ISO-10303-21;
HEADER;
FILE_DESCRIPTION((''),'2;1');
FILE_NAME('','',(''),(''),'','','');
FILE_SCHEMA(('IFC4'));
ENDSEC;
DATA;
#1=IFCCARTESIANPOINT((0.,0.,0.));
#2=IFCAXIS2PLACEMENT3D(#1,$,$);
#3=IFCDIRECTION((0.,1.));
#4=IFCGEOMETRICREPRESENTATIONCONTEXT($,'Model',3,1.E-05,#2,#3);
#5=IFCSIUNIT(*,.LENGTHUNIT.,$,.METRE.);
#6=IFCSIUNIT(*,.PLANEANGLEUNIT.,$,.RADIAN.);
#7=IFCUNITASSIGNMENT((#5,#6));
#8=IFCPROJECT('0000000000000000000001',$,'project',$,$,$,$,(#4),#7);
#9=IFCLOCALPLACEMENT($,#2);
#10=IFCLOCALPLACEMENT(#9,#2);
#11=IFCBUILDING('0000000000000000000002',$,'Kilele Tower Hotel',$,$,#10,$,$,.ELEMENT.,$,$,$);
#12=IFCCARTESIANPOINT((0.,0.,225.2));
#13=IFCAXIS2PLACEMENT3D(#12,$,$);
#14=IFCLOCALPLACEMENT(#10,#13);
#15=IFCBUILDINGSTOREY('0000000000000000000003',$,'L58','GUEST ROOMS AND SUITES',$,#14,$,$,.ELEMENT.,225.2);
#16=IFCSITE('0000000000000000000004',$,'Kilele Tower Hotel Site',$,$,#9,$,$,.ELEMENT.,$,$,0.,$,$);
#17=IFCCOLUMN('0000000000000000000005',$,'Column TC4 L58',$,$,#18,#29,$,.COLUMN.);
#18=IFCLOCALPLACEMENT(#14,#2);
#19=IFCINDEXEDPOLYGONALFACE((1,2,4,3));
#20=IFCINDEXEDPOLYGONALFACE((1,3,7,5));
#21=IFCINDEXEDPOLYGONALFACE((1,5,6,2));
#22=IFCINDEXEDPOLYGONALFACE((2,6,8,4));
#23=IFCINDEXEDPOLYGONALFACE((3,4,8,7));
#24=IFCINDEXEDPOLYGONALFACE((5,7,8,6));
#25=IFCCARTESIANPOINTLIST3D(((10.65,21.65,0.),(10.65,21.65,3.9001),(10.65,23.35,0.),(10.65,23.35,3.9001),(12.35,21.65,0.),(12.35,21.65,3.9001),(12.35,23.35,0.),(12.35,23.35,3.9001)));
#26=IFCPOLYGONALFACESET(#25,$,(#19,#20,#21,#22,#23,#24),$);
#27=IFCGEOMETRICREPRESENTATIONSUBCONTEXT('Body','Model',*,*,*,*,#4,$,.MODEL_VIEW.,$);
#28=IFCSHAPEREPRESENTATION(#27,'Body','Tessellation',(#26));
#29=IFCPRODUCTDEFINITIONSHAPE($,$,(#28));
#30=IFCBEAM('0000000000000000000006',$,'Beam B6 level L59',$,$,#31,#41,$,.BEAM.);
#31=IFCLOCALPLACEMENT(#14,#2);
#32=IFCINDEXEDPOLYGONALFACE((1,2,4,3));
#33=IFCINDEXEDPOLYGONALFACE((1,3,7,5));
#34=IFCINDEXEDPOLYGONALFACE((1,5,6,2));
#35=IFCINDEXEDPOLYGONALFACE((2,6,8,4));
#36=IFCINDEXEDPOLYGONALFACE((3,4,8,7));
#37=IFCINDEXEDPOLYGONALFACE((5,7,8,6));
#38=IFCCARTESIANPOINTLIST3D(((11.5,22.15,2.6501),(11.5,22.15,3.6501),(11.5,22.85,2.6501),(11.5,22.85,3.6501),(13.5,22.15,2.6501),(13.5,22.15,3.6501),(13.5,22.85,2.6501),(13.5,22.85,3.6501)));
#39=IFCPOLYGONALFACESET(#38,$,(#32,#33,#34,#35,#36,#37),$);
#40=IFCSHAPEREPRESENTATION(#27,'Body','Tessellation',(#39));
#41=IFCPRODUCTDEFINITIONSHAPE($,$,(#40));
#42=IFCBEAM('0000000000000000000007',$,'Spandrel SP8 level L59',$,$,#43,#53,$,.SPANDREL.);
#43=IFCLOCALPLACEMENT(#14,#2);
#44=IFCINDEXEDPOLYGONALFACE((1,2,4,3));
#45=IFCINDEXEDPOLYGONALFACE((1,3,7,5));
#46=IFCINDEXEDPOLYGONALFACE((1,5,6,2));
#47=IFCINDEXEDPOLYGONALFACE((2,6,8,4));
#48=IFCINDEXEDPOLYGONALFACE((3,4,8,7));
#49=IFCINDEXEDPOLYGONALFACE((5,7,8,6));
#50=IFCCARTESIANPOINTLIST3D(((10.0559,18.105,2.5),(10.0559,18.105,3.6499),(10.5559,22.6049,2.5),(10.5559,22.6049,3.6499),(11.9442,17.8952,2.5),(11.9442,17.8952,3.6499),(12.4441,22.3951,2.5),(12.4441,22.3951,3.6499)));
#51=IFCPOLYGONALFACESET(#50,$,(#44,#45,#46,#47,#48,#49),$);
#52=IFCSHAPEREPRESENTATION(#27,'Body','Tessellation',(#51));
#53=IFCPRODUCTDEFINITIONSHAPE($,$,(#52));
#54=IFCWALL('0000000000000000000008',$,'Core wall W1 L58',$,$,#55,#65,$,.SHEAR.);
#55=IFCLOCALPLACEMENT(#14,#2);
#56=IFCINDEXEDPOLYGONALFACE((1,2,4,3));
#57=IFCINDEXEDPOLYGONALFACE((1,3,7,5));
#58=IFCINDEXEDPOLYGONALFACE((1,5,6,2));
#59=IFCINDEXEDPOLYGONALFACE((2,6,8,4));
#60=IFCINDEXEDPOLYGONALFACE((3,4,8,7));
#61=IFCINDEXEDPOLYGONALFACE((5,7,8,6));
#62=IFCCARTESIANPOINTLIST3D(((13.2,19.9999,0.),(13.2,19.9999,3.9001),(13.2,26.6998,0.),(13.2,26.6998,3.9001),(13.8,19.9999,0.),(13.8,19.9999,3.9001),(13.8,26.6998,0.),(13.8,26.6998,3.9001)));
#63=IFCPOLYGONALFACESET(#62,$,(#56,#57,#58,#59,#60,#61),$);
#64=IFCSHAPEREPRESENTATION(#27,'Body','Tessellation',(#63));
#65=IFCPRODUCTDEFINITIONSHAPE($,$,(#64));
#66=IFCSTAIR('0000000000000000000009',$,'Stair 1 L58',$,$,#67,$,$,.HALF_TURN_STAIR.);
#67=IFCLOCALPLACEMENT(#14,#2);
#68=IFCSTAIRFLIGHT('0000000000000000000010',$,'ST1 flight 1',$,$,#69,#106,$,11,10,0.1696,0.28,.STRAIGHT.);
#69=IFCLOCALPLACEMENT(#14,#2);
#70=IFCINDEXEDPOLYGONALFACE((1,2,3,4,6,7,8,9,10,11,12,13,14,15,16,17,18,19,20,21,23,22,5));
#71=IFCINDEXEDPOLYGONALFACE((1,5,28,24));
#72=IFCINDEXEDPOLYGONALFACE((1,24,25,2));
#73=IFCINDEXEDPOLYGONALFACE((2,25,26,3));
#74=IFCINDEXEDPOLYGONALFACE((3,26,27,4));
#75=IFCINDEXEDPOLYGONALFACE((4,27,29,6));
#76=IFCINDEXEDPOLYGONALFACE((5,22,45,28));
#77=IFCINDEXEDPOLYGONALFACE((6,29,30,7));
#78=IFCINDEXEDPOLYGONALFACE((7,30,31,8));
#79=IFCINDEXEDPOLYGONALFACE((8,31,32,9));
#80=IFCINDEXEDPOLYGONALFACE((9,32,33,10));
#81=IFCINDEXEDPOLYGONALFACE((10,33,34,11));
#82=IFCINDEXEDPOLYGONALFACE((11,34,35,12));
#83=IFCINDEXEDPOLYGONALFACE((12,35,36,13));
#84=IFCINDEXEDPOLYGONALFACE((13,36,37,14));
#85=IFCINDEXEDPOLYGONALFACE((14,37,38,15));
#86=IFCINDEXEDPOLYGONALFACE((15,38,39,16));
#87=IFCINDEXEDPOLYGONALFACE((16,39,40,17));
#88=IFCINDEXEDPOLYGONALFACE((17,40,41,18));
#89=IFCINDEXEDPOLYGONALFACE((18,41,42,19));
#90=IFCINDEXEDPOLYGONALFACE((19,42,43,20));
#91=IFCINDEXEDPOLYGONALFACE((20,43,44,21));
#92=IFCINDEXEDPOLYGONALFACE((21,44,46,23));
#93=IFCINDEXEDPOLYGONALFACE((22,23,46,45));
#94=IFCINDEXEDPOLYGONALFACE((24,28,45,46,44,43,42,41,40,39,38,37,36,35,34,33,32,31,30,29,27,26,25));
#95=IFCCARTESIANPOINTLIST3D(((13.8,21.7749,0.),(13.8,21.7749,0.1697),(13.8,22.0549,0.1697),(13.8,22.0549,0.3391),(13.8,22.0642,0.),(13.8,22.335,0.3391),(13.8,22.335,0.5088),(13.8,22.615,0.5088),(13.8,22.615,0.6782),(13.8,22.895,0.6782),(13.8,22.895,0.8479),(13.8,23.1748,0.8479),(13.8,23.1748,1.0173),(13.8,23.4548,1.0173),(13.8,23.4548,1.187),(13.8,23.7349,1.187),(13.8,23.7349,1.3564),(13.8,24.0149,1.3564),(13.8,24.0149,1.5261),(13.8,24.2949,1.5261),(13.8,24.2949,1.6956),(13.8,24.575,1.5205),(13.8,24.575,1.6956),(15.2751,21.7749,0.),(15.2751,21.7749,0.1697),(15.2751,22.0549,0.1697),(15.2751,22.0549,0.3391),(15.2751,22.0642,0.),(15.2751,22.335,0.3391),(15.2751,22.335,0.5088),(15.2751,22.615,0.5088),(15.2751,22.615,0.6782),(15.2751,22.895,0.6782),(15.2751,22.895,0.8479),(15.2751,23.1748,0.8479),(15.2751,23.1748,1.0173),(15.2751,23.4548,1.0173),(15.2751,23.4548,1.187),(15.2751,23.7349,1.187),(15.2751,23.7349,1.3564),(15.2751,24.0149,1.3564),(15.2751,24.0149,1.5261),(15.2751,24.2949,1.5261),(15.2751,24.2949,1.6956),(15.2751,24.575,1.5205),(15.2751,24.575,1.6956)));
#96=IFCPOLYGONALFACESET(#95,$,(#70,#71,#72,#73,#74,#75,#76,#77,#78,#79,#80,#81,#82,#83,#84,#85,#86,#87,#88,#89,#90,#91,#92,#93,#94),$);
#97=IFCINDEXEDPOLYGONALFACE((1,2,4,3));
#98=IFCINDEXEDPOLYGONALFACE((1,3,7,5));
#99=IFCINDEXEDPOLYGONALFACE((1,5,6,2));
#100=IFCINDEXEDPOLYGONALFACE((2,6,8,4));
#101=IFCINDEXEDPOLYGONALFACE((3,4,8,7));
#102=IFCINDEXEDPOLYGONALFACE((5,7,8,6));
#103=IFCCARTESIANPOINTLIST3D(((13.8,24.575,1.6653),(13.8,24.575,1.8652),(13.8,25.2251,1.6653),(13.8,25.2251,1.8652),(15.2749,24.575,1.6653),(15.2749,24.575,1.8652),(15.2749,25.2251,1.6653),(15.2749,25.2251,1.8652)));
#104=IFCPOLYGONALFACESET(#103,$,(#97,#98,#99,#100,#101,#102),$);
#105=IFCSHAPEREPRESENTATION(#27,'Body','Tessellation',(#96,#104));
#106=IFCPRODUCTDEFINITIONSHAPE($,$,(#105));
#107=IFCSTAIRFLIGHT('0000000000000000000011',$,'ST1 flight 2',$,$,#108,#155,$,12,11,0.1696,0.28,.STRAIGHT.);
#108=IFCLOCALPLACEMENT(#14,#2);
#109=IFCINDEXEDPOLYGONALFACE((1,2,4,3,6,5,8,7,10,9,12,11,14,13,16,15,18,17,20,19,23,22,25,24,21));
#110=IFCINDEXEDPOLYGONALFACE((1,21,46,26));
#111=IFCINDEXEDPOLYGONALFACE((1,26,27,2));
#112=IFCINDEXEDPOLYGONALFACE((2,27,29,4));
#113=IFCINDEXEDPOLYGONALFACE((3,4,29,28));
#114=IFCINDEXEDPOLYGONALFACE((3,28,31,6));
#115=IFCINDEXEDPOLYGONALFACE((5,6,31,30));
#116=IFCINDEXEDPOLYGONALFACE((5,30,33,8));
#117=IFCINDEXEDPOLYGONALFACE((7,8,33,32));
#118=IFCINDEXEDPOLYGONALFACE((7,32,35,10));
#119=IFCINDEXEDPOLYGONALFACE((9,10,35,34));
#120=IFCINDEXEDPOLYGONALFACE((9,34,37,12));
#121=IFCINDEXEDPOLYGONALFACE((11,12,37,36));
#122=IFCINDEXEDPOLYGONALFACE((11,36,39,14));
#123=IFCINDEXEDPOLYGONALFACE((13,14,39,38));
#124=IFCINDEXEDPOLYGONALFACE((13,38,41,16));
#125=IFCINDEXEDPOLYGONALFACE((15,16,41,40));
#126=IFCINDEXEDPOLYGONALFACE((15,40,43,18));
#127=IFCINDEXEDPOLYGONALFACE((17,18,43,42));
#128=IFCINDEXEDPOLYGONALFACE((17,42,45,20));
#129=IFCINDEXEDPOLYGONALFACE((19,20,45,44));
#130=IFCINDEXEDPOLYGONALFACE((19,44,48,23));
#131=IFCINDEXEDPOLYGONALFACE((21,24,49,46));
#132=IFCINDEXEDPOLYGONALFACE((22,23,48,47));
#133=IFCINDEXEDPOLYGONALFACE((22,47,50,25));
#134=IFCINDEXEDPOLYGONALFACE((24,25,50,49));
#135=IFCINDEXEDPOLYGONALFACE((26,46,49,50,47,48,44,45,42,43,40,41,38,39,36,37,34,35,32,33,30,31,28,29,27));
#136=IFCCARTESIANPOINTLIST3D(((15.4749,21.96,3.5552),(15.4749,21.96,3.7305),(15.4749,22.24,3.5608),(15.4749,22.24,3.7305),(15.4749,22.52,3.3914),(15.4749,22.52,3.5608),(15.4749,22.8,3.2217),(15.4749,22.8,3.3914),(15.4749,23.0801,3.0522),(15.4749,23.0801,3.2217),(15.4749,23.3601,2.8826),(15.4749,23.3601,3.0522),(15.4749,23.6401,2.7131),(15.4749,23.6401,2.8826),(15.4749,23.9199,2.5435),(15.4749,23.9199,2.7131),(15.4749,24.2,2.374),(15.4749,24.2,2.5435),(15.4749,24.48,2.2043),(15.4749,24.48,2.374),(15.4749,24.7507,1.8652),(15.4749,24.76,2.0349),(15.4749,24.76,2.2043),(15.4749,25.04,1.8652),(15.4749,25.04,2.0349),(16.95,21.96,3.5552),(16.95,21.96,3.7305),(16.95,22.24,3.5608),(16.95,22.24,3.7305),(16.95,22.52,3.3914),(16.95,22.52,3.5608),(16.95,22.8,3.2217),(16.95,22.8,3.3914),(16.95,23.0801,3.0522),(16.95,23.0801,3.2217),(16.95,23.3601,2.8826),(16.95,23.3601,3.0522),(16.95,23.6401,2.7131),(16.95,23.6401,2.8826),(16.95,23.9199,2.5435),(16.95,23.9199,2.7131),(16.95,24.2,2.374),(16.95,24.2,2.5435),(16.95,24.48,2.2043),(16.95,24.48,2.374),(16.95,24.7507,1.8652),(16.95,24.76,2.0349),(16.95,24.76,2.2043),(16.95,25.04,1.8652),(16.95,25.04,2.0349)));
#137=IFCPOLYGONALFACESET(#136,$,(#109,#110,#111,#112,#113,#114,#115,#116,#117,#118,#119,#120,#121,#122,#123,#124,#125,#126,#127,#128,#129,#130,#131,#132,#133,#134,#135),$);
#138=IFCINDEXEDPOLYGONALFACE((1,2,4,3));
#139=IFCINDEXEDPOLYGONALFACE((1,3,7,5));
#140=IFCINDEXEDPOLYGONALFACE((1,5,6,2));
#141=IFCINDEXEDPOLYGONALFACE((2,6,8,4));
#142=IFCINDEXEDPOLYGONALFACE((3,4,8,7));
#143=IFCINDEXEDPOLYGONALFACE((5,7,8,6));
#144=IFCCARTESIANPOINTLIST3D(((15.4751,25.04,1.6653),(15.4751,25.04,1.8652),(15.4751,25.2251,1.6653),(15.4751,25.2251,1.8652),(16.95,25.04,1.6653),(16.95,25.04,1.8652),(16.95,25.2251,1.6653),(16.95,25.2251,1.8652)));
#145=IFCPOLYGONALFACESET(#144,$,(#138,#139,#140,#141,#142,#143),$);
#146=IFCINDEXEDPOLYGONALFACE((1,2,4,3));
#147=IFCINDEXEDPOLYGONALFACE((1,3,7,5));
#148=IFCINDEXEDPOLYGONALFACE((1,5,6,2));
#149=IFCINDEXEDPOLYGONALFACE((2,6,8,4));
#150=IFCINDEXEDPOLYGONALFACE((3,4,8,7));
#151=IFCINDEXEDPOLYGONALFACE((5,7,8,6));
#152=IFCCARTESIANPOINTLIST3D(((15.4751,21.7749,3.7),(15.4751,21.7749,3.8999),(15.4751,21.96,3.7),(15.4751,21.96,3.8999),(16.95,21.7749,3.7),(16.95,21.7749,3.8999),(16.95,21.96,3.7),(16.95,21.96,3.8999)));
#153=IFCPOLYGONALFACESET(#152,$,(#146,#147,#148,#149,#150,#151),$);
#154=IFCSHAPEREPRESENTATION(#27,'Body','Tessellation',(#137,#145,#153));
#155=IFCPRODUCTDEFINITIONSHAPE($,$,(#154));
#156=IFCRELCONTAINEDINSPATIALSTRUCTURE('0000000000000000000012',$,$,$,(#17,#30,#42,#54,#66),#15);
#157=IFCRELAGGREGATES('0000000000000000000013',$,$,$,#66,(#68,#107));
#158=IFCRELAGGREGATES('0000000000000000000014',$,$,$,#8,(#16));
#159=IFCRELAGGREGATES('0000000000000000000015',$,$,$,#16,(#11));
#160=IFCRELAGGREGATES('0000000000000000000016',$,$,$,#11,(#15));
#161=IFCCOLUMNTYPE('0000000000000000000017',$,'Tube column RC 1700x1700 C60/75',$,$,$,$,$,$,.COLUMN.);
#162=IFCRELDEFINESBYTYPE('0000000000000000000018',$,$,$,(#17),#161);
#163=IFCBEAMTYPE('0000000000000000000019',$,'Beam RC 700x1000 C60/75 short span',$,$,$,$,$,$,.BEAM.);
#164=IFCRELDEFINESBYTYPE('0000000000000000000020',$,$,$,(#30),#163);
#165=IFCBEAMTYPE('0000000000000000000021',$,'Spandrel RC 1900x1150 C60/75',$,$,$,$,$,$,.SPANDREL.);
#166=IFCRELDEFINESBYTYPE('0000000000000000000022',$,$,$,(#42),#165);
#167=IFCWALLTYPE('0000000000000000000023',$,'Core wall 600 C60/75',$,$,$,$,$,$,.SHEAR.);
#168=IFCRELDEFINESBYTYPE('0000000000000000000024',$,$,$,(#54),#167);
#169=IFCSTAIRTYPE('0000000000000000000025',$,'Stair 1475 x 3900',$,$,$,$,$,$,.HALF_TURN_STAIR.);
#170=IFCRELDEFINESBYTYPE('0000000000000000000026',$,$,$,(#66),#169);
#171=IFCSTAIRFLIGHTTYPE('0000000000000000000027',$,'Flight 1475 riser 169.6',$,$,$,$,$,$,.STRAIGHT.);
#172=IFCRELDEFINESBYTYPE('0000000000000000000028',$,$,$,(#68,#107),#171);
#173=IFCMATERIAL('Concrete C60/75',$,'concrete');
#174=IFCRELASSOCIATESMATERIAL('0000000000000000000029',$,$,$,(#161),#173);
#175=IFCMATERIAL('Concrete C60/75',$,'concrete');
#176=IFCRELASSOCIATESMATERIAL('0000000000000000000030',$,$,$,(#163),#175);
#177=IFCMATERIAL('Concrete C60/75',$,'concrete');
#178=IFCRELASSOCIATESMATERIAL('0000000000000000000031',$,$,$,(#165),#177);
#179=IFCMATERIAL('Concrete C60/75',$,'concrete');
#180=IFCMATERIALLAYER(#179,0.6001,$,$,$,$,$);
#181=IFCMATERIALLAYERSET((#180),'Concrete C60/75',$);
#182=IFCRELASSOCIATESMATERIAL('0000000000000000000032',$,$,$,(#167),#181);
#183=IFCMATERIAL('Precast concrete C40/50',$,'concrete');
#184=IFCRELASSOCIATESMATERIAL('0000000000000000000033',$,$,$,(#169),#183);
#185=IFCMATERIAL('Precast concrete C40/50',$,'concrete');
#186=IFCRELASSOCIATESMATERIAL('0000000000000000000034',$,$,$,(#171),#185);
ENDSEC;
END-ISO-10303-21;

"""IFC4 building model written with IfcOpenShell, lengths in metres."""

from ifc_helpers import new_model, si_unit, direction, frame, frame_2d, origin, origin_2d, place, context, subcontext, project, spatial, polyline, rectangle, outline, extrude, material, layer, layer_set, material_profile, profile_set, type_object, element, aggregate, save


model = new_model("IFC4")

# Units and contexts
model_context = context("Model", 3, precision=1e-05, world=origin(), true_north=direction((0.0, 1.0)))
body_context = subcontext(model_context, "Body", "Model", "MODEL_VIEW")
ifc_project = project(units=[si_unit("LENGTHUNIT", "METRE"), si_unit("PLANEANGLEUNIT", "RADIAN")], contexts=[model_context])

# Site, building, storey
site_placement = place(None, origin())
site = spatial("IfcSite", under=ifc_project, at=site_placement, Name="Kilele Tower Hotel Site", CompositionType="ELEMENT", RefElevation=0.0)
building_placement = place(site_placement, origin())
building = spatial("IfcBuilding", under=site, at=building_placement, Name="Kilele Tower Hotel", CompositionType="ELEMENT")
storey_placement = place(building_placement, frame((0.0, 0.0, 225.2)))
storey = spatial("IfcBuildingStorey", under=building, at=storey_placement, Name="L58", Description="GUEST ROOMS AND SUITES", CompositionType="ELEMENT", Elevation=225.2)

# Column
ifc_material_1 = material(Name="Concrete C60/75", Category="concrete")
ifc_material_profile_1 = material_profile(ifc_material_1, rectangle(XDim=1.7, YDim=1.7, at=origin_2d()))
ifc_profile_set_1 = profile_set([ifc_material_profile_1], Name="Concrete C60/75")
column_type = type_object("IfcColumnType", Name="Tube column RC 1700x1700 C60/75", PredefinedType="COLUMN", material=ifc_profile_set_1)
column_placement = place(storey_placement, frame((11.5, 22.5, 0.0), z_axis=(0.0, 0.0, 1.0), x_axis=(1.0, 0.0, 0.0)))
element("IfcColumn", 1, at=column_placement, inside=storey, type_object=column_type, Name="Column TC4 L58", PredefinedType="COLUMN", context=body_context, shape_type="SweptSolid", body=[
    extrude(rectangle(XDim=1.7, YDim=1.7, at=origin_2d()), origin(), (0.0, 0.0, 1.0), 3.9001),
])

# Beams
ifc_material_2 = material(Name="Concrete C60/75", Category="concrete")
ifc_material_profile_2 = material_profile(ifc_material_2, rectangle(XDim=0.7, YDim=1.0, at=origin_2d()))
ifc_profile_set_2 = profile_set([ifc_material_profile_2], Name="Concrete C60/75")
beam_type_1 = type_object("IfcBeamType", Name="Beam RC 700x1000 C60/75 short span", PredefinedType="BEAM", material=ifc_profile_set_2)
beam_1_placement = place(storey_placement, frame((11.5, 22.5, 3.1501), z_axis=(1.0, 0.0, 0.0), x_axis=(0.0, 1.0, 0.0)))
element("IfcBeam", 2, at=beam_1_placement, inside=storey, type_object=beam_type_1, Name="Beam B6 level L59", PredefinedType="BEAM", context=body_context, shape_type="SweptSolid", body=[
    extrude(rectangle(XDim=0.7, YDim=1.0, at=origin_2d()), origin(), (0.0, 0.0, 1.0), 2.0),
])
ifc_material_3 = material(Name="Concrete C60/75", Category="concrete")
ifc_material_profile_3 = material_profile(ifc_material_3, rectangle(XDim=1.8999, YDim=1.1499, at=origin_2d()))
ifc_profile_set_3 = profile_set([ifc_material_profile_3], Name="Concrete C60/75")
beam_type_2 = type_object("IfcBeamType", Name="Spandrel RC 1900x1150 C60/75", PredefinedType="SPANDREL", material=ifc_profile_set_3)
beam_2_placement = place(storey_placement, frame((11.5, 22.5, 3.075), z_axis=(-0.110432, -0.993884, 0.0), x_axis=(0.993884, -0.110432, 0.0)))
element("IfcBeam", 3, at=beam_2_placement, inside=storey, type_object=beam_type_2, Name="Spandrel SP8 level L59", PredefinedType="SPANDREL", context=body_context, shape_type="SweptSolid", body=[
    extrude(rectangle(XDim=1.8999, YDim=1.1499, at=origin_2d()), origin(), (0.0, 0.0, 1.0), 4.5276),
])

# Wall
ifc_material_4 = material(Name="Concrete C60/75", Category="concrete")
ifc_layer = layer(ifc_material_4, 0.6001)
ifc_layer_set = layer_set([ifc_layer], Name="Concrete C60/75")
wall_type = type_object("IfcWallType", Name="Core wall 600 C60/75", PredefinedType="SHEAR", material=ifc_layer_set)
wall_placement = place(storey_placement, frame((13.5, 26.7, 0.0), z_axis=(0.0, 0.0, 1.0), x_axis=(0.0, -1.0, 0.0)))
element("IfcWall", 4, at=wall_placement, inside=storey, type_object=wall_type, Name="Core wall W1 L58", PredefinedType="SHEAR", context=body_context, shape_type="SweptSolid", body=[
    extrude(rectangle(XDim=6.7, YDim=0.6001, at=frame_2d((3.3501, 0.0))), origin(), (0.0, 0.0, 1.0), 3.9001),
])

# Stair, stair flights
ifc_material_5 = material(Name="Precast concrete C40/50", Category="concrete")
stair_type = type_object("IfcStairType", Name="Stair 1475 x 3900", PredefinedType="HALF_TURN_STAIR", material=ifc_material_5)
stair_placement = place(storey_placement, origin())
stair = element("IfcStair", 5, at=stair_placement, inside=storey, type_object=stair_type, Name="Stair 1 L58", PredefinedType="HALF_TURN_STAIR")
ifc_material_6 = material(Name="Precast concrete C40/50", Category="concrete")
stair_flight_type = type_object("IfcStairFlightType", Name="Flight 1475 riser 169.6", PredefinedType="STRAIGHT", material=ifc_material_6)
stair_flight_1_placement = place(storey_placement, frame((14.5376, 21.7749, 0.0), z_axis=(0.0, 0.0, 1.0), x_axis=(0.0, 1.0, 0.0)))
stair_flight_1 = element("IfcStairFlight", 6, at=stair_flight_1_placement, type_object=stair_flight_type, Name="ST1 flight 1", NumberOfRisers=11, NumberOfTreads=10, PredefinedType="STRAIGHT", RiserHeight=0.1696, TreadLength=0.28, context=body_context, shape_type="SweptSolid", body=[
    extrude(outline(polyline([(0.0, 0.0), (0.0, 0.1697), (0.28, 0.1697), (0.28, 0.3391), (0.5601, 0.3391), (0.5601, 0.5088), (0.8401, 0.5088), (0.8401, 0.6782), (1.1201, 0.6782), (1.1201, 0.8479), (1.3999, 0.8479), (1.3999, 1.0173), (1.6799, 1.0173), (1.6799, 1.187), (1.96, 1.187), (1.96, 1.3564), (2.24, 1.3564), (2.24, 1.5261), (2.52, 1.5261), (2.52, 1.6956), (2.8, 1.6956), (2.8, 1.8652), (2.8, 1.5205), (0.2893, 0.0), (0.0, 0.0)])), frame((0.0, 0.7375, 0.0), z_axis=(0.0, -1.0, 0.0), x_axis=(1.0, 0.0, 0.0)), (0.0, 0.0, 1.0), 1.4751),
    extrude(outline(polyline([(2.8, 0.7375), (2.8, -0.7373), (3.4502, -0.7373), (3.4502, 0.7375), (2.8, 0.7375)])), frame((0.0, 0.0, 1.6653)), (0.0, 0.0, 1.0), 0.2),
])
stair_flight_2_placement = place(storey_placement, frame((16.2124, 25.04, 1.8652), z_axis=(0.0, 0.0, 1.0), x_axis=(0.0, -1.0, 0.0)))
stair_flight_2 = element("IfcStairFlight", 7, at=stair_flight_2_placement, type_object=stair_flight_type, Name="ST1 flight 2", NumberOfRisers=12, NumberOfTreads=11, PredefinedType="STRAIGHT", RiserHeight=0.1696, TreadLength=0.28, context=body_context, shape_type="SweptSolid", body=[
    extrude(outline(polyline([(0.0, 0.0), (0.0, 0.1697), (0.28, 0.1697), (0.28, 0.3391), (0.5601, 0.3391), (0.5601, 0.5088), (0.8401, 0.5088), (0.8401, 0.6782), (1.1201, 0.6782), (1.1201, 0.8479), (1.3999, 0.8479), (1.3999, 1.0173), (1.6799, 1.0173), (1.6799, 1.187), (1.96, 1.187), (1.96, 1.3564), (2.24, 1.3564), (2.24, 1.5261), (2.52, 1.5261), (2.52, 1.6956), (2.8, 1.6956), (2.8, 1.8652), (3.0801, 1.8652), (3.0801, 2.0347), (3.0801, 1.6899), (0.2893, 0.0), (0.0, 0.0)])), frame((0.0, 0.7375, 0.0), z_axis=(0.0, -1.0, 0.0), x_axis=(1.0, 0.0, 0.0)), (0.0, 0.0, 1.0), 1.4751),
    extrude(outline(polyline([(0.0, -0.7373), (0.0, 0.7375), (-0.1851, 0.7375), (-0.1851, -0.7373), (0.0, -0.7373)])), frame((0.0, 0.0, -0.2)), (0.0, 0.0, 1.0), 0.2),
    extrude(outline(polyline([(3.2651, -0.7373), (3.2651, 0.7375), (3.0801, 0.7375), (3.0801, -0.7373), (3.2651, -0.7373)])), frame((0.0, 0.0, 1.8347)), (0.0, 0.0, 1.0), 0.2),
])
aggregate(stair, [stair_flight_1, stair_flight_2])

save(model, "model.ifc")
